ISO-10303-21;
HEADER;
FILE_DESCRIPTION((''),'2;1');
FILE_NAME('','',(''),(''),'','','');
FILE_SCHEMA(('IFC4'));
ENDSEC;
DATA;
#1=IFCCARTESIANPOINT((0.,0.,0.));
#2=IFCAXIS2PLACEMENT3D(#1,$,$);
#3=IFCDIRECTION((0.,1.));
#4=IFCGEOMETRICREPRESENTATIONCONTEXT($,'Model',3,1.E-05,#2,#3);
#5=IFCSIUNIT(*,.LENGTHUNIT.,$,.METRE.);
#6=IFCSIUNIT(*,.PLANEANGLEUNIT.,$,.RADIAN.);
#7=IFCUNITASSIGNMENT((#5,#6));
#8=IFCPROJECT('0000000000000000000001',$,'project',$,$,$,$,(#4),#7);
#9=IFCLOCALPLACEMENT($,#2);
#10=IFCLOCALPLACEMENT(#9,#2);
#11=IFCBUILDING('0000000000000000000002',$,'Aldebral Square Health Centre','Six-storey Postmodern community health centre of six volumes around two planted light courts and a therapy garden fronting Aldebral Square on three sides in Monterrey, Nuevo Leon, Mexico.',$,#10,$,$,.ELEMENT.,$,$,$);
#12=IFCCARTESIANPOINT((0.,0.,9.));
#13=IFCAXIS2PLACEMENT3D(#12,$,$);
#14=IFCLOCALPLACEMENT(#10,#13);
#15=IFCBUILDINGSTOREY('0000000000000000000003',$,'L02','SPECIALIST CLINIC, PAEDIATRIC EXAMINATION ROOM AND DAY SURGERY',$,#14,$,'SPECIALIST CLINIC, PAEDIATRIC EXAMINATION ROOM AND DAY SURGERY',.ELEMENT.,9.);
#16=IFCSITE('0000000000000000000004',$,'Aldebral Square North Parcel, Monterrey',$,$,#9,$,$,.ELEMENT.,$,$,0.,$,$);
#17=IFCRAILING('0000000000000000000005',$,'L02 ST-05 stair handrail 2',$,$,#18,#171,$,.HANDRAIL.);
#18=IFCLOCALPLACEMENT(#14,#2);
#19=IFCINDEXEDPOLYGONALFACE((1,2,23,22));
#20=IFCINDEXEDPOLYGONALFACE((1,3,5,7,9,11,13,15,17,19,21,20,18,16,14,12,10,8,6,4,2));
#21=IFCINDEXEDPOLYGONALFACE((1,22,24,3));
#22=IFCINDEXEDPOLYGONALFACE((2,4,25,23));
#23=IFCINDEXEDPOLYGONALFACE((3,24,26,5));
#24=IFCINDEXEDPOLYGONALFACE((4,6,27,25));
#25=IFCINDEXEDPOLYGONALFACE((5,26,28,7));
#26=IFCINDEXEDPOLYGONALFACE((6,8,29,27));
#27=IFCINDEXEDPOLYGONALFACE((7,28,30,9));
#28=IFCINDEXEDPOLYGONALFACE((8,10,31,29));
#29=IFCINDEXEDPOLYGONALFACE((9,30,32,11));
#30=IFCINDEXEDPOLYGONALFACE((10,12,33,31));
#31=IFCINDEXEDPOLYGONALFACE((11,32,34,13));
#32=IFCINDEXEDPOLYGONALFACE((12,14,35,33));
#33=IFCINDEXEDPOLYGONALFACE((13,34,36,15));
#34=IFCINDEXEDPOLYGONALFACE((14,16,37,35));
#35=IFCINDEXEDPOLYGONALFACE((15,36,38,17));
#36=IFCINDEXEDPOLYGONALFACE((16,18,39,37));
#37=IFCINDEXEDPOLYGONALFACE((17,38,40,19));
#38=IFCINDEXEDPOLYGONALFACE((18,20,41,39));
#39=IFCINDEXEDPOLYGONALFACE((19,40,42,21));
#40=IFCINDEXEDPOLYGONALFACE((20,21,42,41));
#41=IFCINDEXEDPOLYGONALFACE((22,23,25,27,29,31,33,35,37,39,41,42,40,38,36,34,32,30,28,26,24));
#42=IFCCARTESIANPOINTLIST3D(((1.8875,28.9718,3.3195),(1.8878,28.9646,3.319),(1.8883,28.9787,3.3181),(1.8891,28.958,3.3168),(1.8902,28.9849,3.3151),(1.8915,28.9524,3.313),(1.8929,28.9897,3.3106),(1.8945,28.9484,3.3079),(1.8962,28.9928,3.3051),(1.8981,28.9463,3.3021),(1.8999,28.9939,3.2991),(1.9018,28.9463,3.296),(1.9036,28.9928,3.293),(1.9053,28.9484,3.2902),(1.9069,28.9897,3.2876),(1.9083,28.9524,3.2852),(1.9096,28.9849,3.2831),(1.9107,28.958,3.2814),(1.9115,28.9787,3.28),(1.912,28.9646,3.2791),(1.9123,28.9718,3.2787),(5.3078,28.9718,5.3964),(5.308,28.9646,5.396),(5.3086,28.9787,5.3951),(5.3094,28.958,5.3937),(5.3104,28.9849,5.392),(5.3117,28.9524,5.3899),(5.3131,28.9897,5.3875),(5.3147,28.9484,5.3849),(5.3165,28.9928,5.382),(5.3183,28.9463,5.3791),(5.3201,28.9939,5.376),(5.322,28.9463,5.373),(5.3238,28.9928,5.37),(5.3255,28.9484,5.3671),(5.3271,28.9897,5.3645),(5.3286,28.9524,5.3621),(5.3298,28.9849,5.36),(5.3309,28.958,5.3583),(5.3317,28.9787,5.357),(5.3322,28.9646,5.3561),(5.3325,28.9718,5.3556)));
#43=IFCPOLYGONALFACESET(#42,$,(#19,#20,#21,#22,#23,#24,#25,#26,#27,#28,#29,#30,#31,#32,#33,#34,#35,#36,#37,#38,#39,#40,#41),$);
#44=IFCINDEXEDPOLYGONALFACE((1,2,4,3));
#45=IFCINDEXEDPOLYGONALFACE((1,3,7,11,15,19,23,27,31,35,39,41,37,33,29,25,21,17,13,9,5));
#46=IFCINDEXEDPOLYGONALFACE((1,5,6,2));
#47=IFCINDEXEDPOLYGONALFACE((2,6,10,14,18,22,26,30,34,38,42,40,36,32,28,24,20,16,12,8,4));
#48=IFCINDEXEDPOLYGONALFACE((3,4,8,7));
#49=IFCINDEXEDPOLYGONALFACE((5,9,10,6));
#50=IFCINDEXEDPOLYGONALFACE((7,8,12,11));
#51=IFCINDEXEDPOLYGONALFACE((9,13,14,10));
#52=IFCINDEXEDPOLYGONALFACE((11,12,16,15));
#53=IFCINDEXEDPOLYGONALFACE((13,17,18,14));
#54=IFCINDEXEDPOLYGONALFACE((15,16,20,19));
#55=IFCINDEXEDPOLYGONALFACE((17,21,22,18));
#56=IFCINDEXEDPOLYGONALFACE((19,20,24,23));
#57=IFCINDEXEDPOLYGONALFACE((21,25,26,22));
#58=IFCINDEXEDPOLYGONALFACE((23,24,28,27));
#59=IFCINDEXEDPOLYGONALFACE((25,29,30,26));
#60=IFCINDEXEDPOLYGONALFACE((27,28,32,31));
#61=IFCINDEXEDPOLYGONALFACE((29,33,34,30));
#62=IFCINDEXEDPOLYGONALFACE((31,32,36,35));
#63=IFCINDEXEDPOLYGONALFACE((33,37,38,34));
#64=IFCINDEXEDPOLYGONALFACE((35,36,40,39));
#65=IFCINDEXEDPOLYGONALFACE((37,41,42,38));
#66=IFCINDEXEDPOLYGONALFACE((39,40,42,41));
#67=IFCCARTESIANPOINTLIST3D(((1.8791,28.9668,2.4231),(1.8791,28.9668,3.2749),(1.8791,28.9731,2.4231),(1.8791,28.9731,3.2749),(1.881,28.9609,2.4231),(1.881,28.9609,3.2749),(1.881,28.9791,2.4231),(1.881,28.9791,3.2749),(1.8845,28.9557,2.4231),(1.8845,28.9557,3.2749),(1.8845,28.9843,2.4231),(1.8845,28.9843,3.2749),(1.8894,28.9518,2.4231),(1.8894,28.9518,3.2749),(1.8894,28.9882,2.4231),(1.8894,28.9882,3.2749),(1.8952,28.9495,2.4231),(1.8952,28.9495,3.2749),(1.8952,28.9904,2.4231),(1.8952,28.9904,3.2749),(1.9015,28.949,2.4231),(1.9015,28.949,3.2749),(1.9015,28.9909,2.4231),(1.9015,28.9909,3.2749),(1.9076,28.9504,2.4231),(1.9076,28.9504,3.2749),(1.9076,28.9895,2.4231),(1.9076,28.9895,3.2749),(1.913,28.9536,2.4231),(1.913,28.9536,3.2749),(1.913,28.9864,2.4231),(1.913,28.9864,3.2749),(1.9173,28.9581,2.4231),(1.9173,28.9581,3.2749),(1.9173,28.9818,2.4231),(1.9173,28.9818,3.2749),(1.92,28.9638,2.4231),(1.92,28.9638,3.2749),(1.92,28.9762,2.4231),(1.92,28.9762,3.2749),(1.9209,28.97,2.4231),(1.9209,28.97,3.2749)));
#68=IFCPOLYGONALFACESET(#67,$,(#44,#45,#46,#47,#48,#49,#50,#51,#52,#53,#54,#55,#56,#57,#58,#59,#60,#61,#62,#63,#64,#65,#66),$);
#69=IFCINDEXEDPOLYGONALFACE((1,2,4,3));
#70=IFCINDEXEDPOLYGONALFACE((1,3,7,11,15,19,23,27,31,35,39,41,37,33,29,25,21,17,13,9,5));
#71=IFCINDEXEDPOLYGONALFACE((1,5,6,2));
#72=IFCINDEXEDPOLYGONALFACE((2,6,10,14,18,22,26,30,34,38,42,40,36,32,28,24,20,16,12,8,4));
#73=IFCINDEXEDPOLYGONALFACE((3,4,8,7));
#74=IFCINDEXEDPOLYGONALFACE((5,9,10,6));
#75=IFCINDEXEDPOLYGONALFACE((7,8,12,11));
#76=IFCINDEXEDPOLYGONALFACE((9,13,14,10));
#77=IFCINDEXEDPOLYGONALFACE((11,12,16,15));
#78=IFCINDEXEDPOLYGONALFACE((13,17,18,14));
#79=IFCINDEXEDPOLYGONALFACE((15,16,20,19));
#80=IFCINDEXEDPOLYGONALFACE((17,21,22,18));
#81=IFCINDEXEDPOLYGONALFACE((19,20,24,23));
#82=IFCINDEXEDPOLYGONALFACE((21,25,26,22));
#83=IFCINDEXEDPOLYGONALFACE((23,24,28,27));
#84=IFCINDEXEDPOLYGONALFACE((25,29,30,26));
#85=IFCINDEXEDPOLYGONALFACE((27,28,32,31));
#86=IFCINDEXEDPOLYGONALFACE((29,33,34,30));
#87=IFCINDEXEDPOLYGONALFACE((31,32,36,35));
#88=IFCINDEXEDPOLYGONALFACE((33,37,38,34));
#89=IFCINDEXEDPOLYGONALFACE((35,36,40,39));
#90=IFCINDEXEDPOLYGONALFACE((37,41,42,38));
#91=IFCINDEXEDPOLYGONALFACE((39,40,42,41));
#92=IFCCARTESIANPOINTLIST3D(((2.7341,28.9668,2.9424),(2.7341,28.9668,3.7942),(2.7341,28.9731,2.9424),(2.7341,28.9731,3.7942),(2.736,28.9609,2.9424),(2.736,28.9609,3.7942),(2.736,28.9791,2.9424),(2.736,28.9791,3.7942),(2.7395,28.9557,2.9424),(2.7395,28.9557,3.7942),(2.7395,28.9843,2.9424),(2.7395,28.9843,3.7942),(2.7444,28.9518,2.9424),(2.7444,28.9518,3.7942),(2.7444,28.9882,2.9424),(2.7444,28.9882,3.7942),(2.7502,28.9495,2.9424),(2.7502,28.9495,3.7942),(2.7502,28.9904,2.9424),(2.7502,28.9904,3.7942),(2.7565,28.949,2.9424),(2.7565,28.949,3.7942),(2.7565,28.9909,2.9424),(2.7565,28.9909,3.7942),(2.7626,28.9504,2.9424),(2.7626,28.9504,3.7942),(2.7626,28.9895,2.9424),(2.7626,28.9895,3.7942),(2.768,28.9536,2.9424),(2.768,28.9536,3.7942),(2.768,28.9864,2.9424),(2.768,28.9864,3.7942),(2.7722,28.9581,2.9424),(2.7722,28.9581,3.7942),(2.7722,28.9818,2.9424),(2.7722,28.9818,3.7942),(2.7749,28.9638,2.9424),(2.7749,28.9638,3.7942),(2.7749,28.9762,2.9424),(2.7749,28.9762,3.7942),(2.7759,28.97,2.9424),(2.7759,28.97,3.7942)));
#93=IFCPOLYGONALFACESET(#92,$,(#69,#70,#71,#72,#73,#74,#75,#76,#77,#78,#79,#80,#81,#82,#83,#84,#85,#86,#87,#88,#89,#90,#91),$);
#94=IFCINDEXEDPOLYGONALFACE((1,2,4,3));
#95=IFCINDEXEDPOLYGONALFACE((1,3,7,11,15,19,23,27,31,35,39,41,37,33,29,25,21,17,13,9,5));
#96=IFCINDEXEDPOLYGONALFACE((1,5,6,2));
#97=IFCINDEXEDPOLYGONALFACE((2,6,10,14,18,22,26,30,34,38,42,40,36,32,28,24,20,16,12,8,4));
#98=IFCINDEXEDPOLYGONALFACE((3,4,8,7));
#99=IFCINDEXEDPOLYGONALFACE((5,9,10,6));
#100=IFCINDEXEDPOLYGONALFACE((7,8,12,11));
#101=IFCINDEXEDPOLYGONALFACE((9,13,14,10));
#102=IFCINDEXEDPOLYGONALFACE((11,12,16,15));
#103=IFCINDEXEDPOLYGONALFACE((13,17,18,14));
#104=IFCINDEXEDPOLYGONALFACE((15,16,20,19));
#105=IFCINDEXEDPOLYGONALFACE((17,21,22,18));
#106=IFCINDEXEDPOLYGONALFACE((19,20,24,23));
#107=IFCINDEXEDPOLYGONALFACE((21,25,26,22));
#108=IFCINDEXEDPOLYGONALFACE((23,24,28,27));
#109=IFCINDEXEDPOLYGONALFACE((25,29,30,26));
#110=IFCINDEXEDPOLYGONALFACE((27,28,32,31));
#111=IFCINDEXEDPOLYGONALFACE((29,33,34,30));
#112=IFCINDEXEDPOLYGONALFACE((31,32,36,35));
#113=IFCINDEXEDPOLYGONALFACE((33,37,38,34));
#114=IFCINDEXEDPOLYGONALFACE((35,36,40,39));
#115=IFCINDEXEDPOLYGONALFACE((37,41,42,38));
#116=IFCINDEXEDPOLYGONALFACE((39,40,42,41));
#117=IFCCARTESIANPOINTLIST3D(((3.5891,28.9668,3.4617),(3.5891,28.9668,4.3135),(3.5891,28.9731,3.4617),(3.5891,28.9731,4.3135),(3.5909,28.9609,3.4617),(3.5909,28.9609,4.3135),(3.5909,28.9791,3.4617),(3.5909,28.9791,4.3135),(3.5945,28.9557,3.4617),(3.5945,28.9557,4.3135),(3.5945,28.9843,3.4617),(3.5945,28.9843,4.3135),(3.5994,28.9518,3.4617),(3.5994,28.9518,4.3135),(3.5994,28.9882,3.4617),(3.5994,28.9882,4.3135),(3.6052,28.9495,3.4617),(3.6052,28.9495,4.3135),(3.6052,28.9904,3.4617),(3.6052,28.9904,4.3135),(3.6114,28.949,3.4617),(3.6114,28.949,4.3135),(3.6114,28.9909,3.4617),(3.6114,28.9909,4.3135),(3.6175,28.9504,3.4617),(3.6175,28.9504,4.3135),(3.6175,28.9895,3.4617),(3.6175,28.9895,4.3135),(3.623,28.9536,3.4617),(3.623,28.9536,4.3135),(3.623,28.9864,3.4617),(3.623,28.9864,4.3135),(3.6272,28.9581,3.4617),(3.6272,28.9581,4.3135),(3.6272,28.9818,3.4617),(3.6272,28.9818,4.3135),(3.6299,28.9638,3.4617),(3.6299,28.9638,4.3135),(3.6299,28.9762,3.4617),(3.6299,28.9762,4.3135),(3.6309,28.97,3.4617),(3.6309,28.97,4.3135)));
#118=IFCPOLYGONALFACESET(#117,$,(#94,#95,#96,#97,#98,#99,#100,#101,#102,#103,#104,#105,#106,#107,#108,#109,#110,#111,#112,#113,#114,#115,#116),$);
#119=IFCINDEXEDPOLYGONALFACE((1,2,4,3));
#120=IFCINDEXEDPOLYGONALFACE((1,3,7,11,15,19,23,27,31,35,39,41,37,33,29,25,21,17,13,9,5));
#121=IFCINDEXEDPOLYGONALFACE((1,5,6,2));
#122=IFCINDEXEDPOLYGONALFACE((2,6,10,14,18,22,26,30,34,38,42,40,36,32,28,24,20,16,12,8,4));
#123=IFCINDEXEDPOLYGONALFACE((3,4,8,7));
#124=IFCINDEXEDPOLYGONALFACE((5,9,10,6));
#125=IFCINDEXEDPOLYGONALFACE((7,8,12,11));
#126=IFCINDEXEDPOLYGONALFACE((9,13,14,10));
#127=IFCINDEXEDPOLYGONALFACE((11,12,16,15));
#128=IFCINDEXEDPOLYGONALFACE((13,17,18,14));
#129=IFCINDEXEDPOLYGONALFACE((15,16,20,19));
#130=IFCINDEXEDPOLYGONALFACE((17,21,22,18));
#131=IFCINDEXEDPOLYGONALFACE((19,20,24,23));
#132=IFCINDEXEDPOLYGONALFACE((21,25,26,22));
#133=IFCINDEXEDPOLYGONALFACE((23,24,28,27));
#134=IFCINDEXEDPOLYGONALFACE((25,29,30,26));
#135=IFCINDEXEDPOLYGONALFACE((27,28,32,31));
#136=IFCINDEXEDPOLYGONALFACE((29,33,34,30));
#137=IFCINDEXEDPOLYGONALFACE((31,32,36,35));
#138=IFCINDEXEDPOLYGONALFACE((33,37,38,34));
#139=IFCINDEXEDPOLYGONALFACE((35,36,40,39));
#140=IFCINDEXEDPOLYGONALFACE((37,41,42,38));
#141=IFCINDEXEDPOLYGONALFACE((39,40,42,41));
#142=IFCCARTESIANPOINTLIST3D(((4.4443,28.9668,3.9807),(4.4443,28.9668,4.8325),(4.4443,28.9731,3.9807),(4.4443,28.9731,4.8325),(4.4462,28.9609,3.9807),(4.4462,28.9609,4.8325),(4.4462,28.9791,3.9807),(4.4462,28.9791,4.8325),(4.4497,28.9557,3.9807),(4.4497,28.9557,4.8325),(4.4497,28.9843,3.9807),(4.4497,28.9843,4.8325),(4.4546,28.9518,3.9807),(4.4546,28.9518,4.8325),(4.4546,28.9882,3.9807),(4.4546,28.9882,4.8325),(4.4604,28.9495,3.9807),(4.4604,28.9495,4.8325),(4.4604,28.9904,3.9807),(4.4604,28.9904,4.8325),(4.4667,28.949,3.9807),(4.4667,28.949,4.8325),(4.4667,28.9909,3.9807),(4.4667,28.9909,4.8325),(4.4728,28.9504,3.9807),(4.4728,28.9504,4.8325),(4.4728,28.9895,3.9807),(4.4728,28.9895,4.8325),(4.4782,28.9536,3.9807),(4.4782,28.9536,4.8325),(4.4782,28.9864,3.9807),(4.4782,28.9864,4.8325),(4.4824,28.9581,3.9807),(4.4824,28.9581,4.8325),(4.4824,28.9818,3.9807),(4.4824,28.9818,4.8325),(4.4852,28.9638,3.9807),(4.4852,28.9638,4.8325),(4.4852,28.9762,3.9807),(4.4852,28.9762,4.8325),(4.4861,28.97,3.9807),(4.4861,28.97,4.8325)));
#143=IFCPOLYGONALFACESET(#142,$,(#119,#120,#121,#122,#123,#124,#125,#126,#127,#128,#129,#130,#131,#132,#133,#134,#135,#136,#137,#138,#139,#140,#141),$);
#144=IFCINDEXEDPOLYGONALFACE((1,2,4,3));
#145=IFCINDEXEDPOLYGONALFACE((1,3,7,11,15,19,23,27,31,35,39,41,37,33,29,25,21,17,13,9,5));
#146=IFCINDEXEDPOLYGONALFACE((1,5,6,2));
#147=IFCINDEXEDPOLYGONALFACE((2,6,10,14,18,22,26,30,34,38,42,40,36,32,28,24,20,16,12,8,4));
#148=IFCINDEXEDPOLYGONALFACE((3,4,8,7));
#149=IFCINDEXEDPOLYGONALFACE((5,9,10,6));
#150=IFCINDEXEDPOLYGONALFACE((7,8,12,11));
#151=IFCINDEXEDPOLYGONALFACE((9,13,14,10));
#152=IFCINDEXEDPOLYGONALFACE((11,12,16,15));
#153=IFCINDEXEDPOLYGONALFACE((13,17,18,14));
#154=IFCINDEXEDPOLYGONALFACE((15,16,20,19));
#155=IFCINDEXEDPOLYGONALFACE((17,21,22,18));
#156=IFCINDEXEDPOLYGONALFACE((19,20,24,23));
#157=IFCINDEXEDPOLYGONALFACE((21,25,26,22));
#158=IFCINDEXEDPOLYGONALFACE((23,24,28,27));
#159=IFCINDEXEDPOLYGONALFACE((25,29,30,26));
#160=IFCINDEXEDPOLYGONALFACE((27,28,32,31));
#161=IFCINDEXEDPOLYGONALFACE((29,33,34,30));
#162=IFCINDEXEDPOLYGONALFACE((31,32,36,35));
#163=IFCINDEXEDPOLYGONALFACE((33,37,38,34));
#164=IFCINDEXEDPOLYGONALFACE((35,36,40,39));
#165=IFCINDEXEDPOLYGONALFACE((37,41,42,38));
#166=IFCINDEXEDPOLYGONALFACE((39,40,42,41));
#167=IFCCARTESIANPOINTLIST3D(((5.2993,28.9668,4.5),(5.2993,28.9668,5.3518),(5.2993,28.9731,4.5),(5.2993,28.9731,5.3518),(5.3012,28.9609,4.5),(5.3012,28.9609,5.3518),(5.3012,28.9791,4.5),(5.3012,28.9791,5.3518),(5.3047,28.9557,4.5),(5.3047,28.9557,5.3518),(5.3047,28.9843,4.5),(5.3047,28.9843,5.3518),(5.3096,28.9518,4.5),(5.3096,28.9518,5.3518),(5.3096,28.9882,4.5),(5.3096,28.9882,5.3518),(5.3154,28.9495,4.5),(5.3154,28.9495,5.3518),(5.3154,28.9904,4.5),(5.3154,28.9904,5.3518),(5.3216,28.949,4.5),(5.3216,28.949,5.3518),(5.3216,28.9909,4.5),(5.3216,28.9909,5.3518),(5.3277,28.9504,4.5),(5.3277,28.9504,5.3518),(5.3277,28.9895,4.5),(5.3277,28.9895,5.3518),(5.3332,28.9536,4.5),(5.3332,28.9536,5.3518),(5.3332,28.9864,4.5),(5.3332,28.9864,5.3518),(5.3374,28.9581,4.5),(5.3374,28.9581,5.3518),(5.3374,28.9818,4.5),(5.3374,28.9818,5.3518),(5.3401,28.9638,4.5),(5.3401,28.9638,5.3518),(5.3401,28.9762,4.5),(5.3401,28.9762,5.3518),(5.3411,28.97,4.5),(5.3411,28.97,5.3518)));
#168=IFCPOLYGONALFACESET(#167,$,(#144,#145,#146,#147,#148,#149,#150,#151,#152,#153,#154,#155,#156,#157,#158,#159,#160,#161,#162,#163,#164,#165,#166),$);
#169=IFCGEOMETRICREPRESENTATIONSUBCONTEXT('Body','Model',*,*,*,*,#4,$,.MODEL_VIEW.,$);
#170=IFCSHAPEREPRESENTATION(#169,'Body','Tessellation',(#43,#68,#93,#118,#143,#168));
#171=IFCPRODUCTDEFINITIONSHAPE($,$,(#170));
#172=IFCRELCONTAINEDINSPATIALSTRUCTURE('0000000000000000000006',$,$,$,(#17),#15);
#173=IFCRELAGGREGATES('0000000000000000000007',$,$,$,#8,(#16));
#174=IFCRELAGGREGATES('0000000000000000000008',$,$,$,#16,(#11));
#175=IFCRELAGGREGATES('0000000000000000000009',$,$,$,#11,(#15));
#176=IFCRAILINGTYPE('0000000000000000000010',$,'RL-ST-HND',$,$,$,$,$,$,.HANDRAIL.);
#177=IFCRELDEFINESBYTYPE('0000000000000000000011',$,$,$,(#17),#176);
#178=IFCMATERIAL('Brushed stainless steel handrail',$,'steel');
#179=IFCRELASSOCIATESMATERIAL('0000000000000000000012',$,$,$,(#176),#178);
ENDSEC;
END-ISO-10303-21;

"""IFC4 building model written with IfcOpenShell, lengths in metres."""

from ifc_helpers import new_model, si_unit, direction, frame, origin, origin_2d, place, context, subcontext, project, spatial, circle, extrude, material, type_object, element, save


model = new_model("IFC4")

# Units and contexts
model_context = context("Model", 3, precision=1e-05, world=origin(), true_north=direction((0.0, 1.0)))
body_context = subcontext(model_context, "Body", "Model", "MODEL_VIEW")
ifc_project = project(units=[si_unit("LENGTHUNIT", "METRE"), si_unit("PLANEANGLEUNIT", "RADIAN")], contexts=[model_context])

# Site, building, storey
site_placement = place(None, origin())
site = spatial("IfcSite", under=ifc_project, at=site_placement, Name="Aldebral Square North Parcel, Monterrey", CompositionType="ELEMENT", RefElevation=0.0)
building_placement = place(site_placement, origin())
building = spatial("IfcBuilding", under=site, at=building_placement, Name="Aldebral Square Health Centre", Description="Six-storey Postmodern community health centre of six volumes around two planted light courts and a therapy garden fronting Aldebral Square on three sides in Monterrey, Nuevo Leon, Mexico.", CompositionType="ELEMENT")
storey_placement = place(building_placement, frame((0.0, 0.0, 9.0)))
storey = spatial("IfcBuildingStorey", under=building, at=storey_placement, Name="L02", Description="SPECIALIST CLINIC, PAEDIATRIC EXAMINATION ROOM AND DAY SURGERY", LongName="SPECIALIST CLINIC, PAEDIATRIC EXAMINATION ROOM AND DAY SURGERY", CompositionType="ELEMENT", Elevation=9.0)

# Railing
ifc_material_1 = material(Name="Brushed stainless steel handrail", Category="steel")
railing_type_1 = type_object("IfcRailingType", Name="RL-ST-HND", PredefinedType="HANDRAIL", material=ifc_material_1)
railing_1_placement = place(storey_placement, frame((1.8999, 28.97, 2.4231)))
element("IfcRailing", 1, at=railing_1_placement, inside=storey, type_object=railing_type_1, Name="L02 ST-05 stair handrail 2", PredefinedType="HANDRAIL", context=body_context, shape_type="SweptSolid", body=[
    extrude(circle(Radius=0.0239, at=origin_2d()), frame((0.0, 0.0, 0.876), z_axis=(0.854746, 0.0, 0.519047), x_axis=(0.0, 1.0, 0.0)), (0.0, 0.0, 1.0), 4.0015),
    extrude(circle(Radius=0.021, at=origin_2d()), origin(), (0.0, 0.0, 1.0), 0.8518),
    extrude(circle(Radius=0.021, at=origin_2d()), frame((0.855, 0.0, 0.5193)), (0.0, 0.0, 1.0), 0.8518),
    extrude(circle(Radius=0.021, at=origin_2d()), frame((1.71, 0.0, 1.0386)), (0.0, 0.0, 1.0), 0.8518),
    extrude(circle(Radius=0.021, at=origin_2d()), frame((2.5652, 0.0, 1.5576)), (0.0, 0.0, 1.0), 0.8518),
    extrude(circle(Radius=0.021, at=origin_2d()), frame((3.4202, 0.0, 2.0769)), (0.0, 0.0, 1.0), 0.8518),
])

save(model, "model.ifc")
